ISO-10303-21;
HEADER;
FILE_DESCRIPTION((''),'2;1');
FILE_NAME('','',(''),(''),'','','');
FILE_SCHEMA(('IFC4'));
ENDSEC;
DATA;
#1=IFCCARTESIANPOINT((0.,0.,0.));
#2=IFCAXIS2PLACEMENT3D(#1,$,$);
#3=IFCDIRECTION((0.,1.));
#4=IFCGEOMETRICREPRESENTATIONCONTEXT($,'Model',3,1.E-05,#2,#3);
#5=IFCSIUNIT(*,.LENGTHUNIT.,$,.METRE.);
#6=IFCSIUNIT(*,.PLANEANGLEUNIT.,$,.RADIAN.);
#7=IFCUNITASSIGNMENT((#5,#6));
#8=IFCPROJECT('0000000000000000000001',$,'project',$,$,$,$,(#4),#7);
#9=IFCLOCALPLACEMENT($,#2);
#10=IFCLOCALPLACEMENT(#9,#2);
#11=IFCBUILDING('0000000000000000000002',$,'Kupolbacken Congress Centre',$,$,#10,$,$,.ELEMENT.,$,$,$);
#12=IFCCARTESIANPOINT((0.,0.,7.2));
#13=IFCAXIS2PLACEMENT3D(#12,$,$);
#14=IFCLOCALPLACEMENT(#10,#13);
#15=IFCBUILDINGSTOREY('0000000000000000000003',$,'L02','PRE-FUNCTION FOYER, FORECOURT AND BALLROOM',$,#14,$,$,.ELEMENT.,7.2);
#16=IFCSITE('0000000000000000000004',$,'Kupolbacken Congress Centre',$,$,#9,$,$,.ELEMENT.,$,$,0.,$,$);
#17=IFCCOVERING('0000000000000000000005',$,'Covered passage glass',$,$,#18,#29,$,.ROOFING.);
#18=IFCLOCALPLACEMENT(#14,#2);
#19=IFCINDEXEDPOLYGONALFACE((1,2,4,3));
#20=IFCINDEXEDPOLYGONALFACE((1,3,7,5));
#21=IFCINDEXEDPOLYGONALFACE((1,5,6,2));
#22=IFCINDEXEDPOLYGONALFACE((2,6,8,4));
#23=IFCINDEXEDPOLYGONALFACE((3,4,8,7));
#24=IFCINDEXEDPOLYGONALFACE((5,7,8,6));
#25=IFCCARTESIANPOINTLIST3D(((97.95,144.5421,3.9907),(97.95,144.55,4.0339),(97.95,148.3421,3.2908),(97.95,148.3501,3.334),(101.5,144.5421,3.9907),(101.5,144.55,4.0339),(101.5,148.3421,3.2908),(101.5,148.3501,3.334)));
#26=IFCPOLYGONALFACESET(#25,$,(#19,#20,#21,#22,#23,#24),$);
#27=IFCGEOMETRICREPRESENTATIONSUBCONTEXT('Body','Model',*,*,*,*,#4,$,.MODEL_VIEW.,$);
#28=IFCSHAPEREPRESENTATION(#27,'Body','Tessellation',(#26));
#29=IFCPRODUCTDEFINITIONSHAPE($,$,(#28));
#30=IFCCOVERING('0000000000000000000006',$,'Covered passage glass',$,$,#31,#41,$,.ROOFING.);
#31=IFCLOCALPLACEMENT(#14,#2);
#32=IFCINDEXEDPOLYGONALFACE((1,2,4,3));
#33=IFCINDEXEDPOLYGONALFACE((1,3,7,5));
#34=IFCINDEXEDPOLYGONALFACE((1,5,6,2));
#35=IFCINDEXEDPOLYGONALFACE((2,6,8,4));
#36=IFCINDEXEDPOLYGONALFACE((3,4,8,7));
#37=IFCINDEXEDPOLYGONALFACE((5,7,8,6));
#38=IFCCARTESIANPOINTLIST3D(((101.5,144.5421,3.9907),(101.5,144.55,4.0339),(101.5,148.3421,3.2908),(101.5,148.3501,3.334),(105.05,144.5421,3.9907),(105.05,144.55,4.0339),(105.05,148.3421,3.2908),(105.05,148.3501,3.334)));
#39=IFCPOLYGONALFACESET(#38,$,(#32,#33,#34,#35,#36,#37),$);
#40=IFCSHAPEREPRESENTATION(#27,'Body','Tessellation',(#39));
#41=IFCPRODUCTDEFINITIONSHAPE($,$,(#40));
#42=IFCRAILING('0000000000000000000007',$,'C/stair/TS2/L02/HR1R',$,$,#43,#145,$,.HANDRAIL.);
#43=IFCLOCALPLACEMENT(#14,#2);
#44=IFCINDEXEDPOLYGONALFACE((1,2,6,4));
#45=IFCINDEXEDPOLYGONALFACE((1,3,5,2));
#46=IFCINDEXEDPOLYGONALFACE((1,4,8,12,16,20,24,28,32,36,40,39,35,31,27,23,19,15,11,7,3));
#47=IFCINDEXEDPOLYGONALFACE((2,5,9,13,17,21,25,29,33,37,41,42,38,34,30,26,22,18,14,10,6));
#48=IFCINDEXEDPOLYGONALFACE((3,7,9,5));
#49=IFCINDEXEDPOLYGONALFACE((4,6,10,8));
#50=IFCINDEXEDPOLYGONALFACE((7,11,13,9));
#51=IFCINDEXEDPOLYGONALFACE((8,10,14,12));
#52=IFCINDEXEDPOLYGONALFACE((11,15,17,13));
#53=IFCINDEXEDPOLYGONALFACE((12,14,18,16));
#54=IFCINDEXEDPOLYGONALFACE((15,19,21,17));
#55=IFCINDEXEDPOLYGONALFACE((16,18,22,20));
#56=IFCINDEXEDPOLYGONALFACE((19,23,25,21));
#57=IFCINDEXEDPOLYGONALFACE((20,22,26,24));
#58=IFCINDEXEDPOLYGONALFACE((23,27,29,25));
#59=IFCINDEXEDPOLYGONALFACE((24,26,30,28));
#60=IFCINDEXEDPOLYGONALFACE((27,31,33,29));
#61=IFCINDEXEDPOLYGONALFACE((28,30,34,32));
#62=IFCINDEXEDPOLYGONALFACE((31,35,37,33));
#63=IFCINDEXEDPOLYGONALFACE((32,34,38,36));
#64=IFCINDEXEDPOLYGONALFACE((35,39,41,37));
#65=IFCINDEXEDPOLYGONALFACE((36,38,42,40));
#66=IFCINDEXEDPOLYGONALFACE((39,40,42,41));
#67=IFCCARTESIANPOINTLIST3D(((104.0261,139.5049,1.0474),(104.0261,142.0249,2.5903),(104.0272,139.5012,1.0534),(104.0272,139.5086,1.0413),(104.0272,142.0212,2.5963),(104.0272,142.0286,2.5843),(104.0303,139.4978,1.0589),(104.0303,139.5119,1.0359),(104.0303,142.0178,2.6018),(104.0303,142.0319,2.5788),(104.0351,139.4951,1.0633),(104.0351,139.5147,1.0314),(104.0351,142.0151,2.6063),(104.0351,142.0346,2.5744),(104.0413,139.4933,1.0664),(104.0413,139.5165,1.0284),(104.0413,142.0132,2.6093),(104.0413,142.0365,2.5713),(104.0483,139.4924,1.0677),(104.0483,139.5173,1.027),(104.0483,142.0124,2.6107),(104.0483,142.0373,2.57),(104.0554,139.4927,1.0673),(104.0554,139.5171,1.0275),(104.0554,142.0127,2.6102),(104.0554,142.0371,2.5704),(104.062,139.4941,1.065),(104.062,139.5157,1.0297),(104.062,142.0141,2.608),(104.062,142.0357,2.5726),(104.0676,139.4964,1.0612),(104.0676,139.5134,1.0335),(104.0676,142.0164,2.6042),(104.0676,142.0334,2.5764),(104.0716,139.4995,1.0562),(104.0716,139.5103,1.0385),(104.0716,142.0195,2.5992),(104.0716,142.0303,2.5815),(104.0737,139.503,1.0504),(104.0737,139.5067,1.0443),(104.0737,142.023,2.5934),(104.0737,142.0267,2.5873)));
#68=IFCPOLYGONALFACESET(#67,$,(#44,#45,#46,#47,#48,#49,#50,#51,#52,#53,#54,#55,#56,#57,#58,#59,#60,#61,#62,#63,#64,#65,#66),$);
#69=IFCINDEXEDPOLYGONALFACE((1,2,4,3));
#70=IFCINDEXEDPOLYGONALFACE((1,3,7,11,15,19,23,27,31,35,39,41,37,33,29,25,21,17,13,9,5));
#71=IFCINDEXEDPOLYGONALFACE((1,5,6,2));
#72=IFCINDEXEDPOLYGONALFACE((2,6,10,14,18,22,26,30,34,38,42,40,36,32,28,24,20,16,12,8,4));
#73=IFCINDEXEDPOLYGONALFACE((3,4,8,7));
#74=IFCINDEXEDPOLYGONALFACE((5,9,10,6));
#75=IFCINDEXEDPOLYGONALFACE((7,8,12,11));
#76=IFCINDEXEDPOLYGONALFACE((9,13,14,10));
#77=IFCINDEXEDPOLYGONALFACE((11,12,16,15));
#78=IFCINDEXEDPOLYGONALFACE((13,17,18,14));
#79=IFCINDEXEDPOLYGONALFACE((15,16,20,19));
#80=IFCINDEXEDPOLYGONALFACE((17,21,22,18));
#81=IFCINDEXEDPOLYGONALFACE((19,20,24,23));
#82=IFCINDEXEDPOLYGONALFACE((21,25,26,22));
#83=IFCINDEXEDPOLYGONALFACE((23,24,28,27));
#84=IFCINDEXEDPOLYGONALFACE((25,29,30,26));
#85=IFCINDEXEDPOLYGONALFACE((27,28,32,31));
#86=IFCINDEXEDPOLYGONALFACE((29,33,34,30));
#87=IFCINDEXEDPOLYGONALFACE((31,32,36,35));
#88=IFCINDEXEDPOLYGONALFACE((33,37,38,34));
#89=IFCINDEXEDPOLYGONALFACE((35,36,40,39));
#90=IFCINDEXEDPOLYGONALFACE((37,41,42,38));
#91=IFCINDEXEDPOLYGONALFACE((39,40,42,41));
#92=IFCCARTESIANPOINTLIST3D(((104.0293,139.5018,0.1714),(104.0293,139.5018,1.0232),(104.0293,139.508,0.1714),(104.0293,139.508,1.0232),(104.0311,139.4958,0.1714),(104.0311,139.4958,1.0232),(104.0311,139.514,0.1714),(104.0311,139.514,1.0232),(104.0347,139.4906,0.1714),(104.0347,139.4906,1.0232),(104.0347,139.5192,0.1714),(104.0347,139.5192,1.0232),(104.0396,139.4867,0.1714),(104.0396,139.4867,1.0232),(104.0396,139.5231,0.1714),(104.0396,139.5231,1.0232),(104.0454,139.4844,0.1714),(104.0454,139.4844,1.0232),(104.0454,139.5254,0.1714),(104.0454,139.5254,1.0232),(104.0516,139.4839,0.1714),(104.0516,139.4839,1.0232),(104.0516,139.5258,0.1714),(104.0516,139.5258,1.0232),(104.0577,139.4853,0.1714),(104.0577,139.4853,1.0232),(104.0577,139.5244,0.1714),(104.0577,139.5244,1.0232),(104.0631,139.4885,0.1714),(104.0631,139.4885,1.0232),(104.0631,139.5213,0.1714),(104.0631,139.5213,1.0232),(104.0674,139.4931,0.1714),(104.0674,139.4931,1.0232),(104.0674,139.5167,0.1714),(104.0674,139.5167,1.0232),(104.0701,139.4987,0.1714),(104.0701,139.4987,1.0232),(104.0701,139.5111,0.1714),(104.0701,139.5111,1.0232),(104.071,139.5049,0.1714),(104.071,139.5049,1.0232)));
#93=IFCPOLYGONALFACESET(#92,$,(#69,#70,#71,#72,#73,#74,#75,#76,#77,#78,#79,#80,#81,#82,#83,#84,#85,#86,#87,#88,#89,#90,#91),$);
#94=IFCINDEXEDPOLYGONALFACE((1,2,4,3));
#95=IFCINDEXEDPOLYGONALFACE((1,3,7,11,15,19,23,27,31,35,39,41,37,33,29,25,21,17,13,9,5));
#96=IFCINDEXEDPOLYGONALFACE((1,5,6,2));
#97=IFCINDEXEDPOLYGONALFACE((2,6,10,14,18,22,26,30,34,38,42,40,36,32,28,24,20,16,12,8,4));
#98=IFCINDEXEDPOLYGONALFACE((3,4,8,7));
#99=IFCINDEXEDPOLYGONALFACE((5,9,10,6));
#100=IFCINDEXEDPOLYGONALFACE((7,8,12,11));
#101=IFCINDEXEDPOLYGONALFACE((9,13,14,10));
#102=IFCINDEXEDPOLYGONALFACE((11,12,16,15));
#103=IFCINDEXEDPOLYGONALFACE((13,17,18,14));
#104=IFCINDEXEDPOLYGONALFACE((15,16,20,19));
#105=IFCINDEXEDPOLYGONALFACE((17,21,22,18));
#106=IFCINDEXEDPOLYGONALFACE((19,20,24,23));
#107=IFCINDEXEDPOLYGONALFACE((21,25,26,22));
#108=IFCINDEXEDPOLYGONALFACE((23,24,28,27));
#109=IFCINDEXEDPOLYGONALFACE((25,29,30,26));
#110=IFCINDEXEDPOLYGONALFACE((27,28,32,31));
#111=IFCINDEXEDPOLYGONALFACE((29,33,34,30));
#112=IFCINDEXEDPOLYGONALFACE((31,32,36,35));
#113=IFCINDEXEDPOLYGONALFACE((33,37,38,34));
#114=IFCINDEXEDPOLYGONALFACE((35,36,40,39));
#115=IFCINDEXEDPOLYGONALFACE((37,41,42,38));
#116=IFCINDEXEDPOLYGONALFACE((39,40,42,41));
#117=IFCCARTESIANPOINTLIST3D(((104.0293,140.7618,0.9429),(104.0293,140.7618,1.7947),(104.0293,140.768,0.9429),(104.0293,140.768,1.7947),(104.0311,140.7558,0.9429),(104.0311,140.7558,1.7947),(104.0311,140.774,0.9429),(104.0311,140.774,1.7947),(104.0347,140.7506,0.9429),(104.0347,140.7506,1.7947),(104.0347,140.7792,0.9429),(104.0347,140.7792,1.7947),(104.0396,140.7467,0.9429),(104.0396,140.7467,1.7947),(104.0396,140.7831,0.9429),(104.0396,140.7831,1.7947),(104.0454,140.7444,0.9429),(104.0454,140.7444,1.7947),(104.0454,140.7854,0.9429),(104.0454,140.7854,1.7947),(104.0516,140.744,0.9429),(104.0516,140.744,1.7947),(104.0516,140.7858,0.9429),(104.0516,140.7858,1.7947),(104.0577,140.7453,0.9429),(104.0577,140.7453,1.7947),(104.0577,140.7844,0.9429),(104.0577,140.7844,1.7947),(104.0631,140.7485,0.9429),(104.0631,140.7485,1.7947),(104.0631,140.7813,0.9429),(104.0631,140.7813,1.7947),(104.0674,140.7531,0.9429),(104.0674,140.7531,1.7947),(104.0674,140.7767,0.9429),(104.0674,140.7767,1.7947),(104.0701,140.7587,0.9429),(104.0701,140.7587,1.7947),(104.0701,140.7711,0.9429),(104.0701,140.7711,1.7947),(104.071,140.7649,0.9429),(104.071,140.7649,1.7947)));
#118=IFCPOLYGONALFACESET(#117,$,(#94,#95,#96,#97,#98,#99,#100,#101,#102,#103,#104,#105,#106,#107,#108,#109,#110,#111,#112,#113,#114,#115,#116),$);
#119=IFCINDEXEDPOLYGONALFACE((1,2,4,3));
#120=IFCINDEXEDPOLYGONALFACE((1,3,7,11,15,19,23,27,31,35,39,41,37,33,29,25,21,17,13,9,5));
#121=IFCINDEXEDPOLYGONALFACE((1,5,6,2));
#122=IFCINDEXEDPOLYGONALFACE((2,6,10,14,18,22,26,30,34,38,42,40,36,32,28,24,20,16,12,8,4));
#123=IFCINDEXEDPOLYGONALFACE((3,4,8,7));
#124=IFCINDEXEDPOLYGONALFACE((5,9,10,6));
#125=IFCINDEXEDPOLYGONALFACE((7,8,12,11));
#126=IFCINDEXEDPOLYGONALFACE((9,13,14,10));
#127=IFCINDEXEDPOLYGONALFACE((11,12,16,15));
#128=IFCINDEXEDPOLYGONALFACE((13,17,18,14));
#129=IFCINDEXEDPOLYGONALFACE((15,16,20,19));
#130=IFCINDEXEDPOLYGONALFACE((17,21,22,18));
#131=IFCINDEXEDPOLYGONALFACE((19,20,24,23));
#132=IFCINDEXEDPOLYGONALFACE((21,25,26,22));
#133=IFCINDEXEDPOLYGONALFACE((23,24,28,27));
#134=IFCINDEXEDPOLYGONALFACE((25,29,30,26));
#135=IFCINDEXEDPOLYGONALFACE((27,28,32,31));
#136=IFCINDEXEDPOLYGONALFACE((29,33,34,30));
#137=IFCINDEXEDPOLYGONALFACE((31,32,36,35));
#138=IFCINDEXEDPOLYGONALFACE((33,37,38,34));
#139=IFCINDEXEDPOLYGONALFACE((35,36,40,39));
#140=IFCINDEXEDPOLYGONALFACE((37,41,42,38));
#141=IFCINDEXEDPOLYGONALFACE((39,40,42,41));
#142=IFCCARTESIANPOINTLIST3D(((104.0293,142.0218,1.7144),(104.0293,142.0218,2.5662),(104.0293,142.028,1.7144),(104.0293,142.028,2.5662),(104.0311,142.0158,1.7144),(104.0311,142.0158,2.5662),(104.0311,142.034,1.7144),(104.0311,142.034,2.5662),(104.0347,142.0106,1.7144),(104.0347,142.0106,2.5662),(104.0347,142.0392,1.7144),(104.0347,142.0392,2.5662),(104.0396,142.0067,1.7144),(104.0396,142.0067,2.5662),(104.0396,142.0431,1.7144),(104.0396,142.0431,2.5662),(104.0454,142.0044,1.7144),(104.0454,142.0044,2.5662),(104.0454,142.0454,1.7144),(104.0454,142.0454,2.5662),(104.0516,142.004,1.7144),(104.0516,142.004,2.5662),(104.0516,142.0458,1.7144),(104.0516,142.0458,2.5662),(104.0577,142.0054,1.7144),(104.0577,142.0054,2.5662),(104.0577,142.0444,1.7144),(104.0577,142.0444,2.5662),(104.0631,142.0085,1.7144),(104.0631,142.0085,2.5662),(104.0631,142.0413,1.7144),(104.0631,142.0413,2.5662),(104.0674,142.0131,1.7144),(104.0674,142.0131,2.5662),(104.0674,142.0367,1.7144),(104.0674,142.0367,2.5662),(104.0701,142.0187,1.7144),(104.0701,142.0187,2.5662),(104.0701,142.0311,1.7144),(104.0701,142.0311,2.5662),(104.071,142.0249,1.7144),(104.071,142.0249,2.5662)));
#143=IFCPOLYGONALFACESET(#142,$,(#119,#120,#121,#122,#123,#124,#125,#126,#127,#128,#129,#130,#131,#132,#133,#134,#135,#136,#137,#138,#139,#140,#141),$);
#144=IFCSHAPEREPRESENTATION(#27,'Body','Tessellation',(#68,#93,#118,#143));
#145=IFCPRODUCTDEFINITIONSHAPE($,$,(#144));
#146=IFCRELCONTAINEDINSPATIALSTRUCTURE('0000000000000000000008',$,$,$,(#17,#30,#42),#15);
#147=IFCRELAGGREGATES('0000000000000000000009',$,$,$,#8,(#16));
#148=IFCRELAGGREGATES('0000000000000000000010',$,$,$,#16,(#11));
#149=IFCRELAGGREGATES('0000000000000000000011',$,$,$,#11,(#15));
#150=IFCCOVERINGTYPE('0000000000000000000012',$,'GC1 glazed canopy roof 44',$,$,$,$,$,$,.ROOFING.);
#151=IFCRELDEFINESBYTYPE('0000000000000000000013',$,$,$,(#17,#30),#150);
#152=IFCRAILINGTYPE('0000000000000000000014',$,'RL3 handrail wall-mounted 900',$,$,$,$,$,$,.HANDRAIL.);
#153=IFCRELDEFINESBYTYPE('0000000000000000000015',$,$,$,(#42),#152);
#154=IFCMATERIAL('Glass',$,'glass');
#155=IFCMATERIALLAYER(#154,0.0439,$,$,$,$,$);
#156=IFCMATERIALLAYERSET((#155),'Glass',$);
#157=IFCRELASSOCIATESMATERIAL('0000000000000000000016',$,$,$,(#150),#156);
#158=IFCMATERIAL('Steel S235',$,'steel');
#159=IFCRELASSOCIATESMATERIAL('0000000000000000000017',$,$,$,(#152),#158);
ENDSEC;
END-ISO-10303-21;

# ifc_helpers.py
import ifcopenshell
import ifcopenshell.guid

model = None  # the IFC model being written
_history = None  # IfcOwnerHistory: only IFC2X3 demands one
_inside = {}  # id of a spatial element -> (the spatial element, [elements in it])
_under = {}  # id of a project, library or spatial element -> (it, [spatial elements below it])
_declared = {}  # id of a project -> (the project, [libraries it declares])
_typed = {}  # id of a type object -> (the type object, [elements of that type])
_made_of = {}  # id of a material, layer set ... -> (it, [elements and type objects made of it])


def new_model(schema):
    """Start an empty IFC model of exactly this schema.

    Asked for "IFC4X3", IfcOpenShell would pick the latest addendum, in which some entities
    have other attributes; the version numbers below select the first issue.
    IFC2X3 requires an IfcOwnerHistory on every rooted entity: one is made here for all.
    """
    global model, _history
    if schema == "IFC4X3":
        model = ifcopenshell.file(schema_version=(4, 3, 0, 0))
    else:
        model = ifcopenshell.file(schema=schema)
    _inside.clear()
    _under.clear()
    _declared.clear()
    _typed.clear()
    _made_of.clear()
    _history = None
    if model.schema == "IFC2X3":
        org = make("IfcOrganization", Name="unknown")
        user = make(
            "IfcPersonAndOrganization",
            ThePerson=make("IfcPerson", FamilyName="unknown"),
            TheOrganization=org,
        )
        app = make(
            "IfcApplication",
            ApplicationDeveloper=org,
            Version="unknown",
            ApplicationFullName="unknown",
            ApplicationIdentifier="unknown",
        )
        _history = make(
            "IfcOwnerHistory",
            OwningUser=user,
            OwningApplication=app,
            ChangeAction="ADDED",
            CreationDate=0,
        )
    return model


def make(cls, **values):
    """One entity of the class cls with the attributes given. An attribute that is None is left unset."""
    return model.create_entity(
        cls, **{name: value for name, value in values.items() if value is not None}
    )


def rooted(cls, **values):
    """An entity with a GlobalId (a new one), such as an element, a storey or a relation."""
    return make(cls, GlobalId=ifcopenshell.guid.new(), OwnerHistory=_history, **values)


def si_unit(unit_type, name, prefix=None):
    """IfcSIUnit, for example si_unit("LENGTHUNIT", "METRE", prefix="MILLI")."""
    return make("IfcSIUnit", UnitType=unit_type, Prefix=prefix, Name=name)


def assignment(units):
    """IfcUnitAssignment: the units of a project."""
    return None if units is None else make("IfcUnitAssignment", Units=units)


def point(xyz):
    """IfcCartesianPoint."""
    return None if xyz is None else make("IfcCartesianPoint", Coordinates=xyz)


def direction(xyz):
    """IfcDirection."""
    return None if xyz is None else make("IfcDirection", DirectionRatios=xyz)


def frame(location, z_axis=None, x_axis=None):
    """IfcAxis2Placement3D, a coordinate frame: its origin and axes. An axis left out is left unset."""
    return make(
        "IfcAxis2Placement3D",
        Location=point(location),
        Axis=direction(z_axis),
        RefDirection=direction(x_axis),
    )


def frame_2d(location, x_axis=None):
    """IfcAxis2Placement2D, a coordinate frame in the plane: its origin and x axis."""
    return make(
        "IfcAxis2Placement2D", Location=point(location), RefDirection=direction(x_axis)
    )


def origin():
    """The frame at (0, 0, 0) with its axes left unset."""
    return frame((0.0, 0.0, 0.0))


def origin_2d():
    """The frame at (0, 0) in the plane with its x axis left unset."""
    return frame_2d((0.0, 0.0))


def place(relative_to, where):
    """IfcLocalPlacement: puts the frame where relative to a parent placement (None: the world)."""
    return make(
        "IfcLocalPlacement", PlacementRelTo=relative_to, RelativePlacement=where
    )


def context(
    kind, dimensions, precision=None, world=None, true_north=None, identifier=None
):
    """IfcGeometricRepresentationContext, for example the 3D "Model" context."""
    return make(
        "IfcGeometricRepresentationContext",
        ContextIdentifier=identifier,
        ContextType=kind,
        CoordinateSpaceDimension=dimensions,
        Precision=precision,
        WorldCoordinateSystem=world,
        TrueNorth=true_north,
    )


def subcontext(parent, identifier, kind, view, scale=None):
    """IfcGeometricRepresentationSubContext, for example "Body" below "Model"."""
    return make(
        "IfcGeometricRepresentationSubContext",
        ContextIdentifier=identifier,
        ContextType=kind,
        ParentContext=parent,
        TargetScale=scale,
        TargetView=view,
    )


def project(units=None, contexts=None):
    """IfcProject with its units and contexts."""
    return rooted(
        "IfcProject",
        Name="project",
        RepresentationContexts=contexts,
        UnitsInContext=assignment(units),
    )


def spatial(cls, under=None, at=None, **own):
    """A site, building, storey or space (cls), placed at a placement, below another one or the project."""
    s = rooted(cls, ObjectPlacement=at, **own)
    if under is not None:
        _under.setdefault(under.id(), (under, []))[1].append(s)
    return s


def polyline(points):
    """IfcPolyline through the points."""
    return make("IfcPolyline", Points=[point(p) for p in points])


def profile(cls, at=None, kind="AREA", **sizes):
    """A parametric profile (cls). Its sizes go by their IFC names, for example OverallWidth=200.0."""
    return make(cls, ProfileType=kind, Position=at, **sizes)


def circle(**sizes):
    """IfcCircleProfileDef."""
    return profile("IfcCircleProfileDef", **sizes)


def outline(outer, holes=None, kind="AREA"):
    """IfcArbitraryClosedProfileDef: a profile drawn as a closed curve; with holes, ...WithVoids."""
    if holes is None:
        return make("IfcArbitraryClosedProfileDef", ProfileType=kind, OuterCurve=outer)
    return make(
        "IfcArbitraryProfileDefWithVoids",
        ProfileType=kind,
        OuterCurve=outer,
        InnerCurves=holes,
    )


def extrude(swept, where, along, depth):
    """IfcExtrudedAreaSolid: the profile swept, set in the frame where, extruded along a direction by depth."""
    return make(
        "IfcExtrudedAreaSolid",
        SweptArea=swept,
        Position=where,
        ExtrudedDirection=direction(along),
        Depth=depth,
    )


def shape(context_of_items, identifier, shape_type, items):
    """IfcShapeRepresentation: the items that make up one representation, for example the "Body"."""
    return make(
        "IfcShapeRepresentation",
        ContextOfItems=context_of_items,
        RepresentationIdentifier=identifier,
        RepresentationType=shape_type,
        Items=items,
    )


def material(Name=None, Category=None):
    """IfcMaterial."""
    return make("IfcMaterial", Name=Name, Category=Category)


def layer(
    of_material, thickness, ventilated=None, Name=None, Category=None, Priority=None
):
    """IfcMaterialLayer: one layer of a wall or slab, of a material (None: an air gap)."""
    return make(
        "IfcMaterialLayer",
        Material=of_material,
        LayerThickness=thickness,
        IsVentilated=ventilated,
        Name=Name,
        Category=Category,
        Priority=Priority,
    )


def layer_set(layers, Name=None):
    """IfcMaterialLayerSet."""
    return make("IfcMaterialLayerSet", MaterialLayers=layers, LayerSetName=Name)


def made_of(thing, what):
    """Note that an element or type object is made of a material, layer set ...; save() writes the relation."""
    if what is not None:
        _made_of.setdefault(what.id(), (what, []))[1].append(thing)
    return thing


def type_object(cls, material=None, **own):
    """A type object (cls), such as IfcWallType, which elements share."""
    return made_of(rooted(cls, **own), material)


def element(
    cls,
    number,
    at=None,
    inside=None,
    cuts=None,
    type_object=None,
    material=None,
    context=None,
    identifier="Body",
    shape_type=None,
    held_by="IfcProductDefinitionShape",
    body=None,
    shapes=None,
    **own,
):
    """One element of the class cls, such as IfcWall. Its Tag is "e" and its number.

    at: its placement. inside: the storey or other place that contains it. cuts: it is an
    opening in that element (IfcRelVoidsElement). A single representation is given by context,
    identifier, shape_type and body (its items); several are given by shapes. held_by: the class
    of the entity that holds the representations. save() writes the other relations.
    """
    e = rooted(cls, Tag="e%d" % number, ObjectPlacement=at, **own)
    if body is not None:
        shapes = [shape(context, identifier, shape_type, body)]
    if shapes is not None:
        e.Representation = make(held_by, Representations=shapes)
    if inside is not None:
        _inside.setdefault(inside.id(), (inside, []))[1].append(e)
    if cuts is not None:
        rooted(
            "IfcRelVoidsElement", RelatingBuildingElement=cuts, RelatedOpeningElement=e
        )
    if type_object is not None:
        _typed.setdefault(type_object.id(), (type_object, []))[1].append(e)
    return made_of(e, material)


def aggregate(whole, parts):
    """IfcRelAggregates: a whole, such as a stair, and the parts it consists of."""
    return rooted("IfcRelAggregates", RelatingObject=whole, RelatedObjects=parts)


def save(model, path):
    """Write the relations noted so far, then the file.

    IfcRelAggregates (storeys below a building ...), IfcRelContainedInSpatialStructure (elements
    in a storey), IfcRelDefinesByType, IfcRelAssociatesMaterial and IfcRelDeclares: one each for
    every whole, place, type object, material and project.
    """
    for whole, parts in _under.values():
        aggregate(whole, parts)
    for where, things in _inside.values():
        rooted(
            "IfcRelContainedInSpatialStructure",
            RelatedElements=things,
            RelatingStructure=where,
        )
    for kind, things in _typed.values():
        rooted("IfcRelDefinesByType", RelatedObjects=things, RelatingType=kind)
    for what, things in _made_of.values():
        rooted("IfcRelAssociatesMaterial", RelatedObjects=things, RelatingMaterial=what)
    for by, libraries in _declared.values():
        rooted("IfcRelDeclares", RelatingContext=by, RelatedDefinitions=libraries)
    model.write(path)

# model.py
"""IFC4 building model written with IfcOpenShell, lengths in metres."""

from ifc_helpers import new_model, si_unit, direction, frame, origin, origin_2d, place, context, subcontext, project, spatial, polyline, circle, outline, extrude, material, layer, layer_set, type_object, element, save


model = new_model("IFC4")

# Units and contexts
model_context = context("Model", 3, precision=1e-05, world=origin(), true_north=direction((0.0, 1.0)))
body_context = subcontext(model_context, "Body", "Model", "MODEL_VIEW")
ifc_project = project(units=[si_unit("LENGTHUNIT", "METRE"), si_unit("PLANEANGLEUNIT", "RADIAN")], contexts=[model_context])

# Site, building, storey
site_placement = place(None, origin())
site = spatial("IfcSite", under=ifc_project, at=site_placement, Name="Kupolbacken Congress Centre", CompositionType="ELEMENT", RefElevation=0.0)
building_placement = place(site_placement, origin())
building = spatial("IfcBuilding", under=site, at=building_placement, Name="Kupolbacken Congress Centre", CompositionType="ELEMENT")
storey_placement = place(building_placement, frame((0.0, 0.0, 7.2)))
storey = spatial("IfcBuildingStorey", under=building, at=storey_placement, Name="L02", Description="PRE-FUNCTION FOYER, FORECOURT AND BALLROOM", CompositionType="ELEMENT", Elevation=7.2)

# Coverings
ifc_material_1 = material(Name="Glass", Category="glass")
ifc_layer_1 = layer(ifc_material_1, 0.0439)
ifc_layer_set_1 = layer_set([ifc_layer_1], Name="Glass")
covering_type_1 = type_object("IfcCoveringType", Name="GC1 glazed canopy roof 44", PredefinedType="ROOFING", material=ifc_layer_set_1)
for number, where, z_axis, x_axis, name in (
    (1, (97.95, 144.55, 4.0339), (0.0, 0.181148, 0.983456), (1.0, 0.0, 0.0), "Covered passage glass"),
    (2, (101.5, 144.55, 4.0339), (0.0, 0.181148, 0.983456), (1.0, 0.0, 0.0), "Covered passage glass"),
):
    element("IfcCovering", number, at=place(storey_placement, frame(where, z_axis=z_axis, x_axis=x_axis)), inside=storey, type_object=covering_type_1, Name=name, PredefinedType="ROOFING", context=body_context, shape_type="SweptSolid", body=[
        extrude(outline(polyline([(0.0, 0.0), (3.55, 0.0), (3.55, 3.864), (0.0, 3.864), (0.0, 0.0)])), origin(), (0.0, 0.0, -1.0), 0.0439),
    ])

# Railing
ifc_material_2 = material(Name="Steel S235", Category="steel")
railing_type = type_object("IfcRailingType", Name="RL3 handrail wall-mounted 900", PredefinedType="HANDRAIL", material=ifc_material_2)
railing_placement = place(storey_placement, frame((104.05, 139.5049, 0.1714)))
element("IfcRailing", 3, at=railing_placement, inside=storey, type_object=railing_type, Name="C/stair/TS2/L02/HR1R", PredefinedType="HANDRAIL", context=body_context, shape_type="SweptSolid", body=[
    extrude(circle(Radius=0.0239, at=origin_2d()), frame((0.0, 0.0, 0.876), z_axis=(0.0, 0.852836, 0.522178), x_axis=(-1.0, 0.0, 0.0)), (0.0, 0.0, 1.0), 2.9548),
    extrude(circle(Radius=0.021, at=origin_2d()), origin(), (0.0, 0.0, 1.0), 0.8518),
    extrude(circle(Radius=0.021, at=origin_2d()), frame((0.0, 1.26, 0.7715)), (0.0, 0.0, 1.0), 0.8518),
    extrude(circle(Radius=0.021, at=origin_2d()), frame((0.0, 2.52, 1.543)), (0.0, 0.0, 1.0), 0.8518),
])

save(model, "model.ifc")
